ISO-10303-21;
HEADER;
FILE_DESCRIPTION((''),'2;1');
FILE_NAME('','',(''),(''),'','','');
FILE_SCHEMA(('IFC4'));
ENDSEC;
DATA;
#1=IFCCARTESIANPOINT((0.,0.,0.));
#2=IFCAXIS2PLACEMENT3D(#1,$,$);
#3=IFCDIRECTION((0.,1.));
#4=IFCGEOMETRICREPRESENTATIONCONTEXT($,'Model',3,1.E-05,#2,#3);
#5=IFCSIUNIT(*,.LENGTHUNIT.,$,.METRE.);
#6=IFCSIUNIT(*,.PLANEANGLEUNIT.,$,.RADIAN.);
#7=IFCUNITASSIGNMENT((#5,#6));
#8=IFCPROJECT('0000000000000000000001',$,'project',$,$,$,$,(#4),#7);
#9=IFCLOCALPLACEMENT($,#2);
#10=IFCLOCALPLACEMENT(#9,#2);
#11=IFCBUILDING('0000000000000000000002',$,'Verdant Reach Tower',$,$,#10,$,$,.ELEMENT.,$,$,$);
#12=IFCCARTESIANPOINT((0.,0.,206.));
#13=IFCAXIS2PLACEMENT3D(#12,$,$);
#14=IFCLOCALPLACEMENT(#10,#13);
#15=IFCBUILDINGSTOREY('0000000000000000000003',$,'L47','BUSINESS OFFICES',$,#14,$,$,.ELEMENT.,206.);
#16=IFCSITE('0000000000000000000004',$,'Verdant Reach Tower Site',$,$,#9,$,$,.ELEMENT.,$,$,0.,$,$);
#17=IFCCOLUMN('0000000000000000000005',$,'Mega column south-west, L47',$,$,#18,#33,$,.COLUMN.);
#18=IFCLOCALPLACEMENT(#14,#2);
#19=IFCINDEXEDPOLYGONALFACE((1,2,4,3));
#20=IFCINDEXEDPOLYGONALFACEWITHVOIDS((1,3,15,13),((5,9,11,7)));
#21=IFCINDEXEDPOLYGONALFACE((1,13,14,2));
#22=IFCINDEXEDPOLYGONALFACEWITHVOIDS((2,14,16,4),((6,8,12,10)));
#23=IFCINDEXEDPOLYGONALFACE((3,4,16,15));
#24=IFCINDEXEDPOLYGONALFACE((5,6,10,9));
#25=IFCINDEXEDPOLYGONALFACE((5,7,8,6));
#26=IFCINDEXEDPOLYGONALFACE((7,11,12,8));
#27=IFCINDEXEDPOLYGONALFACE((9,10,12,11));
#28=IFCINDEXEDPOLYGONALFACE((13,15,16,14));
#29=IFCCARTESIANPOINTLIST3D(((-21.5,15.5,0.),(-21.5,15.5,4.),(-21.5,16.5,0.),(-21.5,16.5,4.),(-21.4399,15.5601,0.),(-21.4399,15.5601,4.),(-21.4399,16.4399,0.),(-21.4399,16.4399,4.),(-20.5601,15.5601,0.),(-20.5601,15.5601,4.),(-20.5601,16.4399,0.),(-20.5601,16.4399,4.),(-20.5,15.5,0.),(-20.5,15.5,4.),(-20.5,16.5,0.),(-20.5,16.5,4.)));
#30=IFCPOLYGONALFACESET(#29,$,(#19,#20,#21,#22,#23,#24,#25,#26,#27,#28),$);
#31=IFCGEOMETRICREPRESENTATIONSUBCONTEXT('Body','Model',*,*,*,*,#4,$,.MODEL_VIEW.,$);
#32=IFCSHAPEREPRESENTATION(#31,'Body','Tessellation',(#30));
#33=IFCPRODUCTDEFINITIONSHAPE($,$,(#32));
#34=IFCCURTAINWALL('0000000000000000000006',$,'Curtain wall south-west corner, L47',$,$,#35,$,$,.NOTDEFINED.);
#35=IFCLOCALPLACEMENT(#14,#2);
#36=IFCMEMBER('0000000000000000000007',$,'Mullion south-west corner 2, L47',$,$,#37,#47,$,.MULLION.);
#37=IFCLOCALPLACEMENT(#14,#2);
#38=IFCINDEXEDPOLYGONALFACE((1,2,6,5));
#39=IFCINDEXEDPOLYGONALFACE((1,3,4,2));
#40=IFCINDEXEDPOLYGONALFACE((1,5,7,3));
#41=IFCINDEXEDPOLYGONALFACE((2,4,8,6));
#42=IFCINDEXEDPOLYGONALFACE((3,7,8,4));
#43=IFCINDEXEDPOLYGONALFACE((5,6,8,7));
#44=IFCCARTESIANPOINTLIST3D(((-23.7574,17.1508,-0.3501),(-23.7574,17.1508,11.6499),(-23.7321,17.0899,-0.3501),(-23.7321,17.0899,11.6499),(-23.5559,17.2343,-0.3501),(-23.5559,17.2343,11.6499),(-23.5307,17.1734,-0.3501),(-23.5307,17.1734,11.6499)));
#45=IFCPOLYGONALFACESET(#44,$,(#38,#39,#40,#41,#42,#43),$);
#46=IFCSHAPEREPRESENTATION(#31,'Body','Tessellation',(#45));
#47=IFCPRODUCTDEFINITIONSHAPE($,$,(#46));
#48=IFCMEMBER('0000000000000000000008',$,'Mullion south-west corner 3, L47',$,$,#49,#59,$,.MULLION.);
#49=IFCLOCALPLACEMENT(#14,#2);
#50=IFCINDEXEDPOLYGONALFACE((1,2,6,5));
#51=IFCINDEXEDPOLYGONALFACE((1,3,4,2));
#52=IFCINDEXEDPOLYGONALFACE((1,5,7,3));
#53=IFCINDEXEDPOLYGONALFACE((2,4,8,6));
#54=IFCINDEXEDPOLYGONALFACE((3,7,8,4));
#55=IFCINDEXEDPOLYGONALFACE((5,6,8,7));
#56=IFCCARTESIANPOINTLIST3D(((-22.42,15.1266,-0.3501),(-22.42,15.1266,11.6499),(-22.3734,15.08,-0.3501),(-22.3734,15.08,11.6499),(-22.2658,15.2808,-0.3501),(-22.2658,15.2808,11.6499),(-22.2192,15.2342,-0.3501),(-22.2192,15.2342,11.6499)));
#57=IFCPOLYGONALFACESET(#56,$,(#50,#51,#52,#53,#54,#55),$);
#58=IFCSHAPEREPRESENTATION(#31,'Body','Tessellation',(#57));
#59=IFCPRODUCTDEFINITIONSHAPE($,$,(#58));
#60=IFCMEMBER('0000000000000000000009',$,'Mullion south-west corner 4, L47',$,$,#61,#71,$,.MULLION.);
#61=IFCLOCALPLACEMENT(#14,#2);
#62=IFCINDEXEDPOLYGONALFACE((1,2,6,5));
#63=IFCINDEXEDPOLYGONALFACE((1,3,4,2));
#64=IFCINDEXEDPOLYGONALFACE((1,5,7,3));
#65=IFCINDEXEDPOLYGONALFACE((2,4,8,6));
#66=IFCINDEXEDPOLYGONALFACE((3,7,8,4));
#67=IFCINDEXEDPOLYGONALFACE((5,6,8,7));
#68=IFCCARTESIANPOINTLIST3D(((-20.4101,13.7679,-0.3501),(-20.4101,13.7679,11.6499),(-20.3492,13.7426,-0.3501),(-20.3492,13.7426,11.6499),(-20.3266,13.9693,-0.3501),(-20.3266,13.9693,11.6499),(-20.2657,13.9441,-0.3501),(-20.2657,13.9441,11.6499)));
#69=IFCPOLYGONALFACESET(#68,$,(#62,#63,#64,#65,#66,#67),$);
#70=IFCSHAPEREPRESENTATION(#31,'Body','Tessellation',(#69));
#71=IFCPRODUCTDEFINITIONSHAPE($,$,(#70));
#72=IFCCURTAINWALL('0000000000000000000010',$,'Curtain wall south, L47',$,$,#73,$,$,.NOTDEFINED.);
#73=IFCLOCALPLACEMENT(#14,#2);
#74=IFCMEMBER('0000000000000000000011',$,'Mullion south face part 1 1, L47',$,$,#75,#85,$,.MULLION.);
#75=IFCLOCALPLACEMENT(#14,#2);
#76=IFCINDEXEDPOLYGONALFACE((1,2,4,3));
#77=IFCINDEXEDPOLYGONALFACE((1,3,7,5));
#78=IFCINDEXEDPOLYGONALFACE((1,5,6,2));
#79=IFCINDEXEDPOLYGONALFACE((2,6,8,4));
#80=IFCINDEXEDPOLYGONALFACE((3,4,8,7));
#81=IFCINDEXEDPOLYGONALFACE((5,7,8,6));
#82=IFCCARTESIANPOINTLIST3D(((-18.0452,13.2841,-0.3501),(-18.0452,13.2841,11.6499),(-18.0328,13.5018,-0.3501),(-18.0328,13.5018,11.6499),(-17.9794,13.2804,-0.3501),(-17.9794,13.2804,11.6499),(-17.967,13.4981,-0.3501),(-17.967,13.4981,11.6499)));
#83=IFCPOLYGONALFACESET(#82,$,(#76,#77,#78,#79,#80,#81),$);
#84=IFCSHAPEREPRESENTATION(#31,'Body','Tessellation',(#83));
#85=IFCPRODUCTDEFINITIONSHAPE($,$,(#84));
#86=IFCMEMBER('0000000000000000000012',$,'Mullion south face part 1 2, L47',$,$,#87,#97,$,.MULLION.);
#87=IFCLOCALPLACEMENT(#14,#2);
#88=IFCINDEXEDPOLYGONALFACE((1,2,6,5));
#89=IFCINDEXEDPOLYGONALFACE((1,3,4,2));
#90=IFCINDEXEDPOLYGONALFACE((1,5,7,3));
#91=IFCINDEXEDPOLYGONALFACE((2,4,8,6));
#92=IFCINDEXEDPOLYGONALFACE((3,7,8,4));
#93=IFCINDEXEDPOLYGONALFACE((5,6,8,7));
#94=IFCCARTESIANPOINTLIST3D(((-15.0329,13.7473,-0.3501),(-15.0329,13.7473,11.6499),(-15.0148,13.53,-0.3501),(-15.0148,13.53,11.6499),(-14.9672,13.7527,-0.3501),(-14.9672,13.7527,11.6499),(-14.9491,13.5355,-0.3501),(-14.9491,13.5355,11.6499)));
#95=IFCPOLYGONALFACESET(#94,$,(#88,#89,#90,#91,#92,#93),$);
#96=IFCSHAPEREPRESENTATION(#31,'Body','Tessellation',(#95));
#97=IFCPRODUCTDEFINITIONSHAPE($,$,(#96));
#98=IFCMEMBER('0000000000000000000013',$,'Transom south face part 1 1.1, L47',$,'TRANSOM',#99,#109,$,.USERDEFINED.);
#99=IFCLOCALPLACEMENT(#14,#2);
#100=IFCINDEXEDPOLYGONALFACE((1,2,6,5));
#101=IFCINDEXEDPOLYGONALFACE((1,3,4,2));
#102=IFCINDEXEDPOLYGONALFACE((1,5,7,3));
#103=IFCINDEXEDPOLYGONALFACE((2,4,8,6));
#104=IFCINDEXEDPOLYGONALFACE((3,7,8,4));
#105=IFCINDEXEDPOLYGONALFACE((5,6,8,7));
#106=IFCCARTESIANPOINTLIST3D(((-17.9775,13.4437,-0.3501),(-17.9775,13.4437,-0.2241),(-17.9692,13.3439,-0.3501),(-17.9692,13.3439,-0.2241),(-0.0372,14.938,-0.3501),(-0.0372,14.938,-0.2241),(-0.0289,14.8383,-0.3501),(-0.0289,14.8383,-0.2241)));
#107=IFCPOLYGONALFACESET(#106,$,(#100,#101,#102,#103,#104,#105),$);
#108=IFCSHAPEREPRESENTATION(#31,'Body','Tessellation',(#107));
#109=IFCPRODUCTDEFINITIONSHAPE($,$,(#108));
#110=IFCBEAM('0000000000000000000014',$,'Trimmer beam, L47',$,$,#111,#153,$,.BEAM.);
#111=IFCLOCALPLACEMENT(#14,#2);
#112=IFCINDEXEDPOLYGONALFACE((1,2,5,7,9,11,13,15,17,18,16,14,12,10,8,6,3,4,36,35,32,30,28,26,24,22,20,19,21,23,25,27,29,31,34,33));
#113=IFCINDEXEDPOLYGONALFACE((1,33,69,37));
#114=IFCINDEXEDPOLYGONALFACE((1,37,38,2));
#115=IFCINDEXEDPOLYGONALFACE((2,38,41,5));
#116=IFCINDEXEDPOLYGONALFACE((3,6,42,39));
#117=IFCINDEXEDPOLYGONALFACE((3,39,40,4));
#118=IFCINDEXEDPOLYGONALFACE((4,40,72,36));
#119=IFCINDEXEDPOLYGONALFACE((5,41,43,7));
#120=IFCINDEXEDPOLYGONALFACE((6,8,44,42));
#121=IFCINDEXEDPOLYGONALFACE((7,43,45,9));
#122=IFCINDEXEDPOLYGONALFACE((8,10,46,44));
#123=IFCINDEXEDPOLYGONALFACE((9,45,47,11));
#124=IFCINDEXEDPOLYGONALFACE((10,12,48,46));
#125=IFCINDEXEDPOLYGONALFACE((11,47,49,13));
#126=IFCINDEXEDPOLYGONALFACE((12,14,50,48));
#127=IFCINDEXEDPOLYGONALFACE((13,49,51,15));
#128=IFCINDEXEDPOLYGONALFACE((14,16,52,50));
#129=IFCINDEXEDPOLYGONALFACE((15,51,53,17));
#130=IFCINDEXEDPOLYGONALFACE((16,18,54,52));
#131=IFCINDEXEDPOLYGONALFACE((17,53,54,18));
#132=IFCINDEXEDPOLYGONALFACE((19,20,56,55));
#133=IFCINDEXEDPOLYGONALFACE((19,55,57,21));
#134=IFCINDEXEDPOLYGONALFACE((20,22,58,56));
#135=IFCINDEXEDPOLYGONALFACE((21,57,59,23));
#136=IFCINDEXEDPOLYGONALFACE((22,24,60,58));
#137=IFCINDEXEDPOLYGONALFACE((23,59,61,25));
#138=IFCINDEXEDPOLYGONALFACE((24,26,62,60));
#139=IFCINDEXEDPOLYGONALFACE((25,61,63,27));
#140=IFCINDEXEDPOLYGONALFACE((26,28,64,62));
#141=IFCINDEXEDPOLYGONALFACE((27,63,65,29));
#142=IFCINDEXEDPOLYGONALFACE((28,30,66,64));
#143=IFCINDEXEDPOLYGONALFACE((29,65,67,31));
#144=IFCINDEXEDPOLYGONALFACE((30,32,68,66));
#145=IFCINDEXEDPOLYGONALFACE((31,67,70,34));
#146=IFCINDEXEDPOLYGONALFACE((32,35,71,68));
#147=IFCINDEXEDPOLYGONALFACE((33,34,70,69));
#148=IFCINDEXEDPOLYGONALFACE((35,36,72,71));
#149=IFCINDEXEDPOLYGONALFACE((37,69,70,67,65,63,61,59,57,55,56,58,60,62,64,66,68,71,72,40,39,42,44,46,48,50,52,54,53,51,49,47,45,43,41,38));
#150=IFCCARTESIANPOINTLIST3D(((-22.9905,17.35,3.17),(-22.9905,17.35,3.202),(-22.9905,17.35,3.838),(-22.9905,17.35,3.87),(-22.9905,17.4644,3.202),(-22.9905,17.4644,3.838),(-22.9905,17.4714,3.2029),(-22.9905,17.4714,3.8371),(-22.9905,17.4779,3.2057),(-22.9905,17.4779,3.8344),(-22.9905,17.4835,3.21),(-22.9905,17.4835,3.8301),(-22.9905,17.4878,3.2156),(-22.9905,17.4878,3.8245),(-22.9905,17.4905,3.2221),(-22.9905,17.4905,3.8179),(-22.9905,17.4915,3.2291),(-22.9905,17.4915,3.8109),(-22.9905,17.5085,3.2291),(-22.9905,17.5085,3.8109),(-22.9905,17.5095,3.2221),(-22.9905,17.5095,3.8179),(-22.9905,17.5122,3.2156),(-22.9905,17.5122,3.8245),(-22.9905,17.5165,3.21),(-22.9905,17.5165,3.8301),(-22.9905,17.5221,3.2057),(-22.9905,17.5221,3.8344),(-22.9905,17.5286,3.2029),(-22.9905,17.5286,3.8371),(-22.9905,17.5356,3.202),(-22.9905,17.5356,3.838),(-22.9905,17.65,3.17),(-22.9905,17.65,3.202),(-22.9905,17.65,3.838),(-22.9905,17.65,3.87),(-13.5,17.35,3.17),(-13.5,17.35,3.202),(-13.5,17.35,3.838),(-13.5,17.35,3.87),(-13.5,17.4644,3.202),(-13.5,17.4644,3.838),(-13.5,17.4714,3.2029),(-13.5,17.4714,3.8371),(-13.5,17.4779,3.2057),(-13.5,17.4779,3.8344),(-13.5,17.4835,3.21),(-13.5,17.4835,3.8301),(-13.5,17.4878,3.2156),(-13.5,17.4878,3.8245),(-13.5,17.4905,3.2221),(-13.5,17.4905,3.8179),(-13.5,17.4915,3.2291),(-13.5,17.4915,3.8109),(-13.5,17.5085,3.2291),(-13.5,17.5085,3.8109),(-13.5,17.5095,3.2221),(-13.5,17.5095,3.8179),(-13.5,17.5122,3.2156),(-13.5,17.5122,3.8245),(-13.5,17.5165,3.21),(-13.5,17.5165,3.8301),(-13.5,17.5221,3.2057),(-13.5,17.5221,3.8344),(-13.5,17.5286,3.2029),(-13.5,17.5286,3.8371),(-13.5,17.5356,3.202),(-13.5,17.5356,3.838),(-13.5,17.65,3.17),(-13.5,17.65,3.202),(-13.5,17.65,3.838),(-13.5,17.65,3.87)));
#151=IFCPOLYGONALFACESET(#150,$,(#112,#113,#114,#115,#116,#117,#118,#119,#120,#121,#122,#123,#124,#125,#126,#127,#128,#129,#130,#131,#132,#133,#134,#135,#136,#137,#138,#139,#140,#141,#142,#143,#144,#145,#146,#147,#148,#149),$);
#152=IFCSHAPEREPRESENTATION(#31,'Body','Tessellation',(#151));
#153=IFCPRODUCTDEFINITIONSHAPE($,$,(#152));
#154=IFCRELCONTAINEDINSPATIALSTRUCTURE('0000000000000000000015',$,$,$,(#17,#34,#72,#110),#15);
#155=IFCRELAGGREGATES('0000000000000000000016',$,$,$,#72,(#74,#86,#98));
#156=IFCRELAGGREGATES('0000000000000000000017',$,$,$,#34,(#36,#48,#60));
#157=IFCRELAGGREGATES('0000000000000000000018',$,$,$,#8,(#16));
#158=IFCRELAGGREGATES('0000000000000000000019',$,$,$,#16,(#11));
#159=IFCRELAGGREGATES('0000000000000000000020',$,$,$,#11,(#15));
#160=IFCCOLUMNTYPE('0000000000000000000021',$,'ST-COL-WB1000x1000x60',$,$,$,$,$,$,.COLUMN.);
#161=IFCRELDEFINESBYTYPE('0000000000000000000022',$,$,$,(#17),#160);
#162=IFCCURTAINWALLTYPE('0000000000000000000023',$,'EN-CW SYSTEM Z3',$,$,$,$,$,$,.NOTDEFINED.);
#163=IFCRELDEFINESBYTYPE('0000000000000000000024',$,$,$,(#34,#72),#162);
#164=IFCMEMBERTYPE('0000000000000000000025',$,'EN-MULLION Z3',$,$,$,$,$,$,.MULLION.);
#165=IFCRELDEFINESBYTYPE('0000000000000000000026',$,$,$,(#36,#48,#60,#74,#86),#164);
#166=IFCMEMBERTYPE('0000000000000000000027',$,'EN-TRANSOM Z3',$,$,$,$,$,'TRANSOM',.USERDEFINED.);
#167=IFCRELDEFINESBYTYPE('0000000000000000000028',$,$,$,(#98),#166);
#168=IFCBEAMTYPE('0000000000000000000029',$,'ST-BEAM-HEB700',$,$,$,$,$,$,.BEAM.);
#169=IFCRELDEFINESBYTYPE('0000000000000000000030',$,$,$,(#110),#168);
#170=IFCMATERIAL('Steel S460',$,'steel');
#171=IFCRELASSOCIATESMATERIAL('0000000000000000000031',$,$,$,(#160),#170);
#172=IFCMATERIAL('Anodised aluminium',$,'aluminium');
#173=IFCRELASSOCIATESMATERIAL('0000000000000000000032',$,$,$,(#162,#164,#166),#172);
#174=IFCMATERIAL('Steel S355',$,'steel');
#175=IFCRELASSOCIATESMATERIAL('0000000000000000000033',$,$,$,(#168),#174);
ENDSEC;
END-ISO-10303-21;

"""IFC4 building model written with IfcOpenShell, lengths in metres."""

from ifc_helpers import new_model, si_unit, direction, frame, origin, origin_2d, place, context, subcontext, project, spatial, rectangle, hollow_rectangle, i_section, extrude, material, material_profile, profile_set, type_object, element, aggregate, save


model = new_model("IFC4")

# Units and contexts
model_context = context("Model", 3, precision=1e-05, world=origin(), true_north=direction((0.0, 1.0)))
body_context = subcontext(model_context, "Body", "Model", "MODEL_VIEW")
ifc_project = project(units=[si_unit("LENGTHUNIT", "METRE"), si_unit("PLANEANGLEUNIT", "RADIAN")], contexts=[model_context])

# Site, building, storey
site_placement = place(None, origin())
site = spatial("IfcSite", under=ifc_project, at=site_placement, Name="Verdant Reach Tower Site", CompositionType="ELEMENT", RefElevation=0.0)
building_placement = place(site_placement, origin())
building = spatial("IfcBuilding", under=site, at=building_placement, Name="Verdant Reach Tower", CompositionType="ELEMENT")
storey_placement = place(building_placement, frame((0.0, 0.0, 206.0)))
storey = spatial("IfcBuildingStorey", under=building, at=storey_placement, Name="L47", Description="BUSINESS OFFICES", CompositionType="ELEMENT", Elevation=206.0)

# Column
ifc_material_1 = material(Name="Steel S460", Category="steel")
ifc_material_profile_1 = material_profile(ifc_material_1, hollow_rectangle(XDim=1.0, YDim=1.0, WallThickness=0.0601, at=origin_2d()), Name="WB 1000x1000x60")
ifc_profile_set_1 = profile_set([ifc_material_profile_1], Name="Steel S460")
column_type = type_object("IfcColumnType", Name="ST-COL-WB1000x1000x60", PredefinedType="COLUMN", material=ifc_profile_set_1)
column_placement = place(storey_placement, frame((-21.0, 16.0, 0.0), z_axis=(0.0, 0.0, 1.0), x_axis=(1.0, 0.0, 0.0)))
element("IfcColumn", 1, at=column_placement, inside=storey, type_object=column_type, Name="Mega column south-west, L47", PredefinedType="COLUMN", context=body_context, shape_type="SweptSolid", body=[
    extrude(hollow_rectangle(XDim=1.0, YDim=1.0, WallThickness=0.0601, at=origin_2d()), origin(), (0.0, 0.0, 1.0), 4.0),
])

# Curtain walls, members
ifc_material_2 = material(Name="Anodised aluminium", Category="aluminium")
curtain_wall_type = type_object("IfcCurtainWallType", Name="EN-CW SYSTEM Z3", PredefinedType="NOTDEFINED", material=ifc_material_2)
curtain_wall_1_placement = place(storey_placement, origin())
curtain_wall_1 = element("IfcCurtainWall", 2, at=curtain_wall_1_placement, inside=storey, type_object=curtain_wall_type, Name="Curtain wall south-west corner, L47", PredefinedType="NOTDEFINED")
ifc_material_profile_2 = material_profile(ifc_material_2, rectangle(XDim=0.218, YDim=0.0659, at=origin_2d()), Name="Mullion 66x218")
ifc_profile_set_2 = profile_set([ifc_material_profile_2], Name="Anodised aluminium")
member_type_1 = type_object("IfcMemberType", Name="EN-MULLION Z3", PredefinedType="MULLION", material=ifc_profile_set_2)
member_1_placement = place(storey_placement, frame((-23.644, 17.1621, -0.3501), z_axis=(0.0, 0.0, 1.0), x_axis=(-0.923875, -0.382694, 0.0)))
member_1 = element("IfcMember", 3, at=member_1_placement, type_object=member_type_1, Name="Mullion south-west corner 2, L47", PredefinedType="MULLION", context=body_context, shape_type="SweptSolid", body=[
    extrude(rectangle(XDim=0.218, YDim=0.0659, at=origin_2d()), origin(), (0.0, 0.0, 1.0), 12.0),
])
member_2_placement = place(storey_placement, frame((-22.3196, 15.1804, -0.3501), z_axis=(0.0, 0.0, 1.0), x_axis=(-0.707107, -0.707107, 0.0)))
member_2 = element("IfcMember", 4, at=member_2_placement, type_object=member_type_1, Name="Mullion south-west corner 3, L47", PredefinedType="MULLION", context=body_context, shape_type="SweptSolid", body=[
    extrude(rectangle(XDim=0.218, YDim=0.0659, at=origin_2d()), origin(), (0.0, 0.0, 1.0), 12.0),
])
member_3_placement = place(storey_placement, frame((-20.3379, 13.856, -0.3501), z_axis=(0.0, 0.0, 1.0), x_axis=(-0.382694, -0.923875, 0.0)))
member_3 = element("IfcMember", 5, at=member_3_placement, type_object=member_type_1, Name="Mullion south-west corner 4, L47", PredefinedType="MULLION", context=body_context, shape_type="SweptSolid", body=[
    extrude(rectangle(XDim=0.218, YDim=0.0659, at=origin_2d()), origin(), (0.0, 0.0, 1.0), 12.0),
])
curtain_wall_2_placement = place(storey_placement, origin())
curtain_wall_2 = element("IfcCurtainWall", 6, at=curtain_wall_2_placement, inside=storey, type_object=curtain_wall_type, Name="Curtain wall south, L47", PredefinedType="NOTDEFINED")
member_4_placement = place(storey_placement, frame((-18.0061, 13.3911, -0.3501), z_axis=(0.0, 0.0, 1.0), x_axis=(-0.056569, -0.998399, 0.0)))
member_4 = element("IfcMember", 7, at=member_4_placement, type_object=member_type_1, Name="Mullion south face part 1 1, L47", PredefinedType="MULLION", context=body_context, shape_type="SweptSolid", body=[
    extrude(rectangle(XDim=0.218, YDim=0.0659, at=origin_2d()), origin(), (0.0, 0.0, 1.0), 12.0),
])
member_5_placement = place(storey_placement, frame((-14.991, 13.6414, -0.3501), z_axis=(0.0, 0.0, 1.0), x_axis=(0.083045, -0.996546, 0.0)))
member_5 = element("IfcMember", 8, at=member_5_placement, type_object=member_type_1, Name="Mullion south face part 1 2, L47", PredefinedType="MULLION", context=body_context, shape_type="SweptSolid", body=[
    extrude(rectangle(XDim=0.218, YDim=0.0659, at=origin_2d()), origin(), (0.0, 0.0, 1.0), 12.0),
])
ifc_material_profile_3 = material_profile(ifc_material_2, rectangle(XDim=0.1001, YDim=0.126, at=origin_2d()), Name="Transom 126x100")
ifc_profile_set_3 = profile_set([ifc_material_profile_3], Name="Anodised aluminium")
member_type_2 = type_object("IfcMemberType", Name="EN-TRANSOM Z3", ElementType="TRANSOM", PredefinedType="USERDEFINED", material=ifc_profile_set_3)
member_6_placement = place(storey_placement, frame((-17.9734, 13.3938, -0.2871), z_axis=(0.996549, 0.08301, 0.0), x_axis=(-0.08301, 0.996549, 0.0)))
member_6 = element("IfcMember", 9, at=member_6_placement, type_object=member_type_2, Name="Transom south face part 1 1.1, L47", ObjectType="TRANSOM", PredefinedType="USERDEFINED", context=body_context, shape_type="SweptSolid", body=[
    extrude(rectangle(XDim=0.1001, YDim=0.126, at=origin_2d()), origin(), (0.0, 0.0, 1.0), 18.0024),
])

# Beam
ifc_material_3 = material(Name="Steel S355", Category="steel")
ifc_material_profile_4 = material_profile(ifc_material_3, i_section(OverallWidth=0.3, OverallDepth=0.7, WebThickness=0.0171, FlangeThickness=0.032, FilletRadius=0.0271, at=origin_2d()), Name="HEB 700")
ifc_profile_set_4 = profile_set([ifc_material_profile_4], Name="Steel S355")
beam_type_1 = type_object("IfcBeamType", Name="ST-BEAM-HEB700", PredefinedType="BEAM", material=ifc_profile_set_4)
beam_1_placement = place(storey_placement, frame((-13.5, 17.5, 3.52), z_axis=(-1.0, 0.0, 0.0), x_axis=(0.0, -1.0, 0.0)))
element("IfcBeam", 10, at=beam_1_placement, inside=storey, type_object=beam_type_1, Name="Trimmer beam, L47", PredefinedType="BEAM", context=body_context, shape_type="SweptSolid", body=[
    extrude(i_section(OverallWidth=0.3, OverallDepth=0.7, WebThickness=0.0171, FlangeThickness=0.032, FilletRadius=0.0271, at=origin_2d()), origin(), (0.0, 0.0, 1.0), 9.4905),
])

aggregate(curtain_wall_2, [member_4, member_5, member_6])
aggregate(curtain_wall_1, [member_1, member_2, member_3])

save(model, "model.ifc")
